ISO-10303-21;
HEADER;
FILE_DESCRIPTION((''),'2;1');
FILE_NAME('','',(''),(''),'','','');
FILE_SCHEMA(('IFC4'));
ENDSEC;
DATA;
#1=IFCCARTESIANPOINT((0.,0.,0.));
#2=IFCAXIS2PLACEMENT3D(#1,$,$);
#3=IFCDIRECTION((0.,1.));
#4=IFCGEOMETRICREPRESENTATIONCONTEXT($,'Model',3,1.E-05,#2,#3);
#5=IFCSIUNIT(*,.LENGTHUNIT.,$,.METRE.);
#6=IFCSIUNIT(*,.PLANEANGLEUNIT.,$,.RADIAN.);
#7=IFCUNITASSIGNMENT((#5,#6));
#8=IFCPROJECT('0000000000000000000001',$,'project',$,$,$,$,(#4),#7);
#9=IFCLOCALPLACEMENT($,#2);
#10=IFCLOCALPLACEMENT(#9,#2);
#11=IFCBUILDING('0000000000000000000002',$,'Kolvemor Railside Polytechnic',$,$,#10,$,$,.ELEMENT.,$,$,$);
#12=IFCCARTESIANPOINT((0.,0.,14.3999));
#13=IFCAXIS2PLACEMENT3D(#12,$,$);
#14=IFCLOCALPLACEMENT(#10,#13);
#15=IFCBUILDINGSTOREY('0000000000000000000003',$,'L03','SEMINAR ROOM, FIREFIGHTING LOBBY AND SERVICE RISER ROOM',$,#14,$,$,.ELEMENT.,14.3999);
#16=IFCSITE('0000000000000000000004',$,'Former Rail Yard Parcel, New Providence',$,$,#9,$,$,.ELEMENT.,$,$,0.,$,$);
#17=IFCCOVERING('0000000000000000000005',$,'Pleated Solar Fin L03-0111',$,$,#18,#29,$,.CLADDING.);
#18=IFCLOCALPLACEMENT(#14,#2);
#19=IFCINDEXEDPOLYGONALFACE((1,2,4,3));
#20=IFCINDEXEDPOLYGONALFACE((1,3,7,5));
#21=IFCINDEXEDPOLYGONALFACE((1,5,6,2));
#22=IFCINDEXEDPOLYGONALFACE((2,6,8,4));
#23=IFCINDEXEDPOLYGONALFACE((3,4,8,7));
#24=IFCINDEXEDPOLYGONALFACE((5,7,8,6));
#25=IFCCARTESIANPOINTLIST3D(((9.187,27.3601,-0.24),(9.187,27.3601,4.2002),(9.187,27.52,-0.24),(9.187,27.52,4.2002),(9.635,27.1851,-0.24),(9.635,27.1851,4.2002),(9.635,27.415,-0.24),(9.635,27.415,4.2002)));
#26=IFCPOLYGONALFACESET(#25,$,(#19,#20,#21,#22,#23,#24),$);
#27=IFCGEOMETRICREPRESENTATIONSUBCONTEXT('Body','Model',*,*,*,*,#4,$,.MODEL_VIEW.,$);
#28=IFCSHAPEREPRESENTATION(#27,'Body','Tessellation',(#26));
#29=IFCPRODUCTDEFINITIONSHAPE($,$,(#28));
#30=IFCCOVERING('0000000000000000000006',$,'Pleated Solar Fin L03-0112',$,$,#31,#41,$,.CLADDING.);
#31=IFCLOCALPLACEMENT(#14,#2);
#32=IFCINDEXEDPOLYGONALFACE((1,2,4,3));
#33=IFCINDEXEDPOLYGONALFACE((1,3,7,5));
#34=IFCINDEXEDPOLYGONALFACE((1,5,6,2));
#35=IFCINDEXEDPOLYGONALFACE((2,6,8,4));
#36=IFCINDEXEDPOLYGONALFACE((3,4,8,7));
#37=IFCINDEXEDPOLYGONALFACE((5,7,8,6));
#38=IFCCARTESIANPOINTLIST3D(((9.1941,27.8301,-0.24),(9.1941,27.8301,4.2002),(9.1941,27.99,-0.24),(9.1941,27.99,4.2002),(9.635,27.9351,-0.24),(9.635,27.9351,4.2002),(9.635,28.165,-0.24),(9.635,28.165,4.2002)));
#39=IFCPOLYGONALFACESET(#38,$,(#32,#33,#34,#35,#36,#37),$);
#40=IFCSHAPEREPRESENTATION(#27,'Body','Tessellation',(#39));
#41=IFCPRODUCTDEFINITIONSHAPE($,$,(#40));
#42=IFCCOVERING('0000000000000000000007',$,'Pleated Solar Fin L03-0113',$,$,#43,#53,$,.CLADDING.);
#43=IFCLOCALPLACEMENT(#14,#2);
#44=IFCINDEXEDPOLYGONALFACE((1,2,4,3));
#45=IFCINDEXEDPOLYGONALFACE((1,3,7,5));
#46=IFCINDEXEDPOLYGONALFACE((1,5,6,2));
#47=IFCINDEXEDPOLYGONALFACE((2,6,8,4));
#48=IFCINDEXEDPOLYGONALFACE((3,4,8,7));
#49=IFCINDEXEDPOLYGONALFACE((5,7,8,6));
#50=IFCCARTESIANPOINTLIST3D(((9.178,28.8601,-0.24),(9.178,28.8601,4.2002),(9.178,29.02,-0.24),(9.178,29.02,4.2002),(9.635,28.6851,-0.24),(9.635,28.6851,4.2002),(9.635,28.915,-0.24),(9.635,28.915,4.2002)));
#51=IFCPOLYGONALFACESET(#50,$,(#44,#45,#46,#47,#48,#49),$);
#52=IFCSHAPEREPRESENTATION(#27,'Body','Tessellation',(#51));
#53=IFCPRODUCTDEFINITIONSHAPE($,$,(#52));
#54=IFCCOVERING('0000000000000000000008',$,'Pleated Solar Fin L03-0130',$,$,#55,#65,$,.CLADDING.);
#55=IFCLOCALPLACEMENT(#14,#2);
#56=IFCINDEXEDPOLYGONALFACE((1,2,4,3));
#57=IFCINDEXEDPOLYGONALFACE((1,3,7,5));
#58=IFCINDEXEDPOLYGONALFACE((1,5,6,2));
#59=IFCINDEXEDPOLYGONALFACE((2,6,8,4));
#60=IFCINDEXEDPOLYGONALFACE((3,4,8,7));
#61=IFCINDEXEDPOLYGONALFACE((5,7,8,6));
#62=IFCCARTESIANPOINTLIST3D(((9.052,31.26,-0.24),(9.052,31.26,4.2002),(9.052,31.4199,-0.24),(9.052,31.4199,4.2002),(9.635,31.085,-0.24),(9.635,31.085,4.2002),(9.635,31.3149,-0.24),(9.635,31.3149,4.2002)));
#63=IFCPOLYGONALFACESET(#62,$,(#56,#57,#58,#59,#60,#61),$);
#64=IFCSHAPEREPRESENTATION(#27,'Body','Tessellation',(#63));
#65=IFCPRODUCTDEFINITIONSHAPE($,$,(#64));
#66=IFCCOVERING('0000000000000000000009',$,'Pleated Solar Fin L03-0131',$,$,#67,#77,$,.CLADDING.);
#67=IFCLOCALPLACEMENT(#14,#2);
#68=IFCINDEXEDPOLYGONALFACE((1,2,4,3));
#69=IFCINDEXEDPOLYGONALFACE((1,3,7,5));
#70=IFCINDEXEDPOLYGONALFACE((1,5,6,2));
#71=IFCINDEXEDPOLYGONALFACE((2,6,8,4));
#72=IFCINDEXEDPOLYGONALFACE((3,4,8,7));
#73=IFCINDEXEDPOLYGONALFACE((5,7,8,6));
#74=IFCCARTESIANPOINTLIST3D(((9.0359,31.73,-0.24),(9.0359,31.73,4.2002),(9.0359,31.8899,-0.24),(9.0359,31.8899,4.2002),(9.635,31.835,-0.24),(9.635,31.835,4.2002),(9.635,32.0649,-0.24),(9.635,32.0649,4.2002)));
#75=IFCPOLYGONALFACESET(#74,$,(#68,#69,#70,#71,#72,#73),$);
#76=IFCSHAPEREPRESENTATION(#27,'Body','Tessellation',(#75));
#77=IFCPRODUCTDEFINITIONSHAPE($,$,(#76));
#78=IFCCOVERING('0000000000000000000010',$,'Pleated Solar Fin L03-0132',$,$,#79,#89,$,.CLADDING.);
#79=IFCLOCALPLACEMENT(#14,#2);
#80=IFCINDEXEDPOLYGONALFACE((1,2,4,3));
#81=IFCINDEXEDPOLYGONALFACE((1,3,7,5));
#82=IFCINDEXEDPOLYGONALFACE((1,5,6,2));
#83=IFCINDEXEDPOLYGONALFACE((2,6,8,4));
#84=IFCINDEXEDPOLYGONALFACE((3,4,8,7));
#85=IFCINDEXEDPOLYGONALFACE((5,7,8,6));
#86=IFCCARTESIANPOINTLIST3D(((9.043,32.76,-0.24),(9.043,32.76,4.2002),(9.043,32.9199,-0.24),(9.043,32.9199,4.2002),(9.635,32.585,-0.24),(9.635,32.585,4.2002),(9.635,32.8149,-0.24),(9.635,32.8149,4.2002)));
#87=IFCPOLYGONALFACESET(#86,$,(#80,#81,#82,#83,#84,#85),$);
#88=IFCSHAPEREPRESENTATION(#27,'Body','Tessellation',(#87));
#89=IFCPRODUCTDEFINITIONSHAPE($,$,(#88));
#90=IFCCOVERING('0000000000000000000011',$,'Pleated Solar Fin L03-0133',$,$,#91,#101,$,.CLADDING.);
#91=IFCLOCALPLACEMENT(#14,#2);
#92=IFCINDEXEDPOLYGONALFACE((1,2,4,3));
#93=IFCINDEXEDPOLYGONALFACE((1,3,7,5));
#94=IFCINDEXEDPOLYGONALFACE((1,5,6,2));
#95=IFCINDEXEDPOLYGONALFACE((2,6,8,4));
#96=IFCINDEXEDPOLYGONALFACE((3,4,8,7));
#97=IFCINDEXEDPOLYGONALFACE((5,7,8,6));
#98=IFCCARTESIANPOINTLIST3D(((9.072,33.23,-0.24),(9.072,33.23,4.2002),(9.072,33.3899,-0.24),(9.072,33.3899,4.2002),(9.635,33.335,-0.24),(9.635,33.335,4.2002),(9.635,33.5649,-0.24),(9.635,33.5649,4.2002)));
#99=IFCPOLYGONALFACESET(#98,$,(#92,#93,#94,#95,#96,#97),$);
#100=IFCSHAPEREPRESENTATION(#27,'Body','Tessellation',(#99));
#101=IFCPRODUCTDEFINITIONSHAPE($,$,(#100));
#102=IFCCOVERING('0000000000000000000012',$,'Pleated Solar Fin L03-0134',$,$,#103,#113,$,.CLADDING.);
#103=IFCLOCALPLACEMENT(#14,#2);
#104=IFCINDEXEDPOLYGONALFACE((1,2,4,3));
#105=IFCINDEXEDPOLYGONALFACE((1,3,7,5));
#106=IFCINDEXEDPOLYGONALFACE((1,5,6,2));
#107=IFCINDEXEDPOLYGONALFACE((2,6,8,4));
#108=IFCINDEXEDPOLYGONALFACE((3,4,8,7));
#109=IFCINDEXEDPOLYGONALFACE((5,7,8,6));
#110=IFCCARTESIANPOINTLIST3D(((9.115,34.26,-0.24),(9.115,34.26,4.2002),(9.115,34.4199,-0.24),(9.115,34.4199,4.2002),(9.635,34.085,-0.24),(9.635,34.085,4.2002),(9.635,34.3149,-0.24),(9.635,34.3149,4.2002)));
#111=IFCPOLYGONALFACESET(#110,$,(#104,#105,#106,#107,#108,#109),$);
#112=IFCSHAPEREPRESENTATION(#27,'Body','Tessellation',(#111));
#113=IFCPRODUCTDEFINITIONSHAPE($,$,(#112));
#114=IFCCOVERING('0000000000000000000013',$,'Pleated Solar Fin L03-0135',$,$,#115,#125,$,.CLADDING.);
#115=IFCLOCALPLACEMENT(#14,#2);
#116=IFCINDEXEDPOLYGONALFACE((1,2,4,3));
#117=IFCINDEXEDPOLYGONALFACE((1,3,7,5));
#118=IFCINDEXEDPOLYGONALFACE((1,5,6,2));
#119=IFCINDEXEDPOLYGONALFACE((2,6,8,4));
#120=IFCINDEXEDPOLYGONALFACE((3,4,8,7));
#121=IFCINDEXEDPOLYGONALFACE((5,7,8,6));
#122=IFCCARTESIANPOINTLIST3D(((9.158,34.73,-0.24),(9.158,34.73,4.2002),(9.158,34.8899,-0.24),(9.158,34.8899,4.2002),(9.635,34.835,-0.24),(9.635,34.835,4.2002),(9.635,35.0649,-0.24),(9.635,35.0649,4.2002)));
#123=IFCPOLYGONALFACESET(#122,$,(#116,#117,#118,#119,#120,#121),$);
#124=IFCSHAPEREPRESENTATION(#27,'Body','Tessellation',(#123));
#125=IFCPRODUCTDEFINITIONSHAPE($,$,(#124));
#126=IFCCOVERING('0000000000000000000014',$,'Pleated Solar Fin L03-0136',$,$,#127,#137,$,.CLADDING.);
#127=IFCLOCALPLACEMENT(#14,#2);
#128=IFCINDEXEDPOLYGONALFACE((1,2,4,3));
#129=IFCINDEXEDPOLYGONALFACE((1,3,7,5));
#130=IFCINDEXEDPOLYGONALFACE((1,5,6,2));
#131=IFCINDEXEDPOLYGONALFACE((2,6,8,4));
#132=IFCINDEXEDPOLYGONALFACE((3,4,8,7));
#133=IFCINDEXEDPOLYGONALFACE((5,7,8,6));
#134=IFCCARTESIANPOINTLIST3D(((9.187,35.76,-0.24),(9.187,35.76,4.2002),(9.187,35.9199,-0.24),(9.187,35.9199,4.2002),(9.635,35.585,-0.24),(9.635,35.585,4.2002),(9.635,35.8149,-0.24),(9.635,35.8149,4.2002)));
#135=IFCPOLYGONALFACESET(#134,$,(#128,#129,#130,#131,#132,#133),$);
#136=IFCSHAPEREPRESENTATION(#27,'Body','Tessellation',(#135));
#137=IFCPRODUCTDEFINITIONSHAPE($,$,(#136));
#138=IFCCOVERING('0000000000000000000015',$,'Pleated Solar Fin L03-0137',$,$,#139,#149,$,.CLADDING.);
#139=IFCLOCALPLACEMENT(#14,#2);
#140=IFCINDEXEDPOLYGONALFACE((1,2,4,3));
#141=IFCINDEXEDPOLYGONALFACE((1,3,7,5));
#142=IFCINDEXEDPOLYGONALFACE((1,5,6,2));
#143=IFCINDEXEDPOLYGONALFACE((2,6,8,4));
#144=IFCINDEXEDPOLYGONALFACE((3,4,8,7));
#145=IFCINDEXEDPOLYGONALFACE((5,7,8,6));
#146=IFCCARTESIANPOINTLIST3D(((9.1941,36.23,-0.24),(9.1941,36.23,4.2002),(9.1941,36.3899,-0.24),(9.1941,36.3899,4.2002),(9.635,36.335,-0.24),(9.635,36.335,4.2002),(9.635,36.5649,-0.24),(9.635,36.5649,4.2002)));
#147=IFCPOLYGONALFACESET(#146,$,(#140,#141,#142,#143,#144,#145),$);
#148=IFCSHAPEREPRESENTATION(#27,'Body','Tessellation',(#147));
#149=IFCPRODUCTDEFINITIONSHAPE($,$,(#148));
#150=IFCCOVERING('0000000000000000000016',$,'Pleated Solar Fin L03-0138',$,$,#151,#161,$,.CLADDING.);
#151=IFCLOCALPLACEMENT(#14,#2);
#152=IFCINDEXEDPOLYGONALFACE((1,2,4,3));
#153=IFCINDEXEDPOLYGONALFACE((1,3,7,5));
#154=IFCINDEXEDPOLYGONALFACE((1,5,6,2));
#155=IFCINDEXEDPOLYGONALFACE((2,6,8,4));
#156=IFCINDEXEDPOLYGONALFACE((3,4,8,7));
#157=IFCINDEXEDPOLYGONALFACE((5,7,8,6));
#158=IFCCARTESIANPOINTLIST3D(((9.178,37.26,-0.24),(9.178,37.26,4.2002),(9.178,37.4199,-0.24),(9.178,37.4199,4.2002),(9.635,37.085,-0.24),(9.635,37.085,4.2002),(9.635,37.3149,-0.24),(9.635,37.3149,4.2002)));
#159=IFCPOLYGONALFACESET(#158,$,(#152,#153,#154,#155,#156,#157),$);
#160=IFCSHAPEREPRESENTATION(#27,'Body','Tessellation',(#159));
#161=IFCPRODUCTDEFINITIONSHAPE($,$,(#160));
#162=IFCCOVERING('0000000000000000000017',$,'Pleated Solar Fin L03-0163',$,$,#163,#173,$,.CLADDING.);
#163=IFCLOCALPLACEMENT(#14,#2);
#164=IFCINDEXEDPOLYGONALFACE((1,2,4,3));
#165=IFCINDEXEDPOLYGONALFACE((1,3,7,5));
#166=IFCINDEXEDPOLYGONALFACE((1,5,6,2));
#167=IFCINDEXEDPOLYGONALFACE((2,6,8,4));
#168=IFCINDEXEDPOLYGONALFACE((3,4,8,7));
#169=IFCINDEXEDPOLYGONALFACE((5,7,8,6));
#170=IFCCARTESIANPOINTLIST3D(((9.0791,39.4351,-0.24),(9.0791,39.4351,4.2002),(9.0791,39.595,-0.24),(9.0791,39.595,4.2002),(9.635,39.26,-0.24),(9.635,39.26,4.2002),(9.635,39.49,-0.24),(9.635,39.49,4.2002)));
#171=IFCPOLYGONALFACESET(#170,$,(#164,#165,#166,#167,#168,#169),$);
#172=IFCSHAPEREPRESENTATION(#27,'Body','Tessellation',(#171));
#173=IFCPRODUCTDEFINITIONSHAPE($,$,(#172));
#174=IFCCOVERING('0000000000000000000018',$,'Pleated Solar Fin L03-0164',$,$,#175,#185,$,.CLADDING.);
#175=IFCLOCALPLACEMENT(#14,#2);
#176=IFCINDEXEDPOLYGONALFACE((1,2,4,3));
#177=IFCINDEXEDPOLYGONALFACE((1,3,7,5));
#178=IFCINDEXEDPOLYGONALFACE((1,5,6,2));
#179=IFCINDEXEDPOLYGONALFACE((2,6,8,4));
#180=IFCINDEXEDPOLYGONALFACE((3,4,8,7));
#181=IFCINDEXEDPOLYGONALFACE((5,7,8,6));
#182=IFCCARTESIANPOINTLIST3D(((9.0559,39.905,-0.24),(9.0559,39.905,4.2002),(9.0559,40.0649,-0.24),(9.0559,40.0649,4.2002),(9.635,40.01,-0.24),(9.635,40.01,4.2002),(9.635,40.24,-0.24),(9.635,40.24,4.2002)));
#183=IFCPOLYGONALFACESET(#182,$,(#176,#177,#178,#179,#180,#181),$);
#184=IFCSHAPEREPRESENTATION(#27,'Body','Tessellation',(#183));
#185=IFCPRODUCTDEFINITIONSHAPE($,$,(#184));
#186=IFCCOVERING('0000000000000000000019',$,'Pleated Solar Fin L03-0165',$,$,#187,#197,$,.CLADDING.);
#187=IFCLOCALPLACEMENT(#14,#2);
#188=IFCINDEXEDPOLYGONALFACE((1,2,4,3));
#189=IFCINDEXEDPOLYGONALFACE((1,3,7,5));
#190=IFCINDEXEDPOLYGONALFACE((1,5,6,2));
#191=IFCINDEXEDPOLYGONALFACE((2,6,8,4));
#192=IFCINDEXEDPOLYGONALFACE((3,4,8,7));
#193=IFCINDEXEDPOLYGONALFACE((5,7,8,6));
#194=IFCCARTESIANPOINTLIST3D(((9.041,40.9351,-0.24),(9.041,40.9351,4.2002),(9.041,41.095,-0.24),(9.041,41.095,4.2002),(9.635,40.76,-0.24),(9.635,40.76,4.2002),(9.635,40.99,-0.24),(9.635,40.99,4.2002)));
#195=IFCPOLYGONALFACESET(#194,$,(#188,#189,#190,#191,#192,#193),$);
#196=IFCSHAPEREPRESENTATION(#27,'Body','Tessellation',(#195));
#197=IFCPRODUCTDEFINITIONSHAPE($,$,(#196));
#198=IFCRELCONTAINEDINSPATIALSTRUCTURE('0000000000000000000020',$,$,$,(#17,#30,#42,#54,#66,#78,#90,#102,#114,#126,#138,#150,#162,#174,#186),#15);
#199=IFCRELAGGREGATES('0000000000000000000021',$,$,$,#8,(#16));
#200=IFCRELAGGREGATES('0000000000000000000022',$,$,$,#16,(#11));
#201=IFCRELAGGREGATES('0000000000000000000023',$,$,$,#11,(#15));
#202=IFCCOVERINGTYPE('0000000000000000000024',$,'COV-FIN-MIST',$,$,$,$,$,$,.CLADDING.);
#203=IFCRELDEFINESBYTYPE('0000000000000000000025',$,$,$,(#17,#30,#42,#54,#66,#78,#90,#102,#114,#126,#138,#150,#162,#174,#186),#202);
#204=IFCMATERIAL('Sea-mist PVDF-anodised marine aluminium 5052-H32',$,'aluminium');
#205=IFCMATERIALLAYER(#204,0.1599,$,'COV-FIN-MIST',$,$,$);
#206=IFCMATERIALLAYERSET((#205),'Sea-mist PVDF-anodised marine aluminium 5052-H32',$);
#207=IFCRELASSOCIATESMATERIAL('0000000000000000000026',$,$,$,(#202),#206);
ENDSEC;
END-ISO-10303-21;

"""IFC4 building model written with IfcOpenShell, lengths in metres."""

from ifc_helpers import new_model, si_unit, direction, frame, origin, place, context, subcontext, project, spatial, polyline, outline, extrude, material, layer, layer_set, type_object, element, save


model = new_model("IFC4")

# Units and contexts
model_context = context("Model", 3, precision=1e-05, world=origin(), true_north=direction((0.0, 1.0)))
body_context = subcontext(model_context, "Body", "Model", "MODEL_VIEW")
ifc_project = project(units=[si_unit("LENGTHUNIT", "METRE"), si_unit("PLANEANGLEUNIT", "RADIAN")], contexts=[model_context])

# Site, building, storey
site_placement = place(None, origin())
site = spatial("IfcSite", under=ifc_project, at=site_placement, Name="Former Rail Yard Parcel, New Providence", CompositionType="ELEMENT", RefElevation=0.0)
building_placement = place(site_placement, origin())
building = spatial("IfcBuilding", under=site, at=building_placement, Name="Kolvemor Railside Polytechnic", CompositionType="ELEMENT")
storey_placement = place(building_placement, frame((0.0, 0.0, 14.3999)))
storey = spatial("IfcBuildingStorey", under=building, at=storey_placement, Name="L03", Description="SEMINAR ROOM, FIREFIGHTING LOBBY AND SERVICE RISER ROOM", CompositionType="ELEMENT", Elevation=14.3999)

# Coverings
ifc_material = material(Name="Sea-mist PVDF-anodised marine aluminium 5052-H32", Category="aluminium")
ifc_layer = layer(ifc_material, 0.1599, Name="COV-FIN-MIST")
ifc_layer_set = layer_set([ifc_layer], Name="Sea-mist PVDF-anodised marine aluminium 5052-H32")
covering_type = type_object("IfcCoveringType", Name="COV-FIN-MIST", PredefinedType="CLADDING", material=ifc_layer_set)
covering_1_placement = place(storey_placement, frame((0.0, 0.0, -0.24)))
element("IfcCovering", 1, at=covering_1_placement, inside=storey, type_object=covering_type, Name="Pleated Solar Fin L03-0111", PredefinedType="CLADDING", context=body_context, shape_type="SweptSolid", body=[
    extrude(outline(polyline([(9.635, 27.1851), (9.635, 27.415), (9.187, 27.52), (9.187, 27.3601), (9.635, 27.1851)])), origin(), (0.0, 0.0, 1.0), 4.4402),
])
covering_2_placement = place(storey_placement, frame((0.0, 0.0, -0.24)))
element("IfcCovering", 2, at=covering_2_placement, inside=storey, type_object=covering_type, Name="Pleated Solar Fin L03-0112", PredefinedType="CLADDING", context=body_context, shape_type="SweptSolid", body=[
    extrude(outline(polyline([(9.635, 27.9351), (9.635, 28.165), (9.1941, 27.99), (9.1941, 27.8301), (9.635, 27.9351)])), origin(), (0.0, 0.0, 1.0), 4.4402),
])
covering_3_placement = place(storey_placement, frame((0.0, 0.0, -0.24)))
element("IfcCovering", 3, at=covering_3_placement, inside=storey, type_object=covering_type, Name="Pleated Solar Fin L03-0113", PredefinedType="CLADDING", context=body_context, shape_type="SweptSolid", body=[
    extrude(outline(polyline([(9.635, 28.6851), (9.635, 28.915), (9.178, 29.02), (9.178, 28.8601), (9.635, 28.6851)])), origin(), (0.0, 0.0, 1.0), 4.4402),
])
covering_4_placement = place(storey_placement, frame((0.0, 0.0, -0.24)))
element("IfcCovering", 4, at=covering_4_placement, inside=storey, type_object=covering_type, Name="Pleated Solar Fin L03-0130", PredefinedType="CLADDING", context=body_context, shape_type="SweptSolid", body=[
    extrude(outline(polyline([(9.635, 31.085), (9.635, 31.3149), (9.052, 31.4199), (9.052, 31.26), (9.635, 31.085)])), origin(), (0.0, 0.0, 1.0), 4.4402),
])
covering_5_placement = place(storey_placement, frame((0.0, 0.0, -0.24)))
element("IfcCovering", 5, at=covering_5_placement, inside=storey, type_object=covering_type, Name="Pleated Solar Fin L03-0131", PredefinedType="CLADDING", context=body_context, shape_type="SweptSolid", body=[
    extrude(outline(polyline([(9.635, 31.835), (9.635, 32.0649), (9.0359, 31.8899), (9.0359, 31.73), (9.635, 31.835)])), origin(), (0.0, 0.0, 1.0), 4.4402),
])
covering_6_placement = place(storey_placement, frame((0.0, 0.0, -0.24)))
element("IfcCovering", 6, at=covering_6_placement, inside=storey, type_object=covering_type, Name="Pleated Solar Fin L03-0132", PredefinedType="CLADDING", context=body_context, shape_type="SweptSolid", body=[
    extrude(outline(polyline([(9.635, 32.585), (9.635, 32.8149), (9.043, 32.9199), (9.043, 32.76), (9.635, 32.585)])), origin(), (0.0, 0.0, 1.0), 4.4402),
])
covering_7_placement = place(storey_placement, frame((0.0, 0.0, -0.24)))
element("IfcCovering", 7, at=covering_7_placement, inside=storey, type_object=covering_type, Name="Pleated Solar Fin L03-0133", PredefinedType="CLADDING", context=body_context, shape_type="SweptSolid", body=[
    extrude(outline(polyline([(9.635, 33.335), (9.635, 33.5649), (9.072, 33.3899), (9.072, 33.23), (9.635, 33.335)])), origin(), (0.0, 0.0, 1.0), 4.4402),
])
covering_8_placement = place(storey_placement, frame((0.0, 0.0, -0.24)))
element("IfcCovering", 8, at=covering_8_placement, inside=storey, type_object=covering_type, Name="Pleated Solar Fin L03-0134", PredefinedType="CLADDING", context=body_context, shape_type="SweptSolid", body=[
    extrude(outline(polyline([(9.635, 34.085), (9.635, 34.3149), (9.115, 34.4199), (9.115, 34.26), (9.635, 34.085)])), origin(), (0.0, 0.0, 1.0), 4.4402),
])
covering_9_placement = place(storey_placement, frame((0.0, 0.0, -0.24)))
element("IfcCovering", 9, at=covering_9_placement, inside=storey, type_object=covering_type, Name="Pleated Solar Fin L03-0135", PredefinedType="CLADDING", context=body_context, shape_type="SweptSolid", body=[
    extrude(outline(polyline([(9.635, 34.835), (9.635, 35.0649), (9.158, 34.8899), (9.158, 34.73), (9.635, 34.835)])), origin(), (0.0, 0.0, 1.0), 4.4402),
])
covering_10_placement = place(storey_placement, frame((0.0, 0.0, -0.24)))
element("IfcCovering", 10, at=covering_10_placement, inside=storey, type_object=covering_type, Name="Pleated Solar Fin L03-0136", PredefinedType="CLADDING", context=body_context, shape_type="SweptSolid", body=[
    extrude(outline(polyline([(9.635, 35.585), (9.635, 35.8149), (9.187, 35.9199), (9.187, 35.76), (9.635, 35.585)])), origin(), (0.0, 0.0, 1.0), 4.4402),
])
covering_11_placement = place(storey_placement, frame((0.0, 0.0, -0.24)))
element("IfcCovering", 11, at=covering_11_placement, inside=storey, type_object=covering_type, Name="Pleated Solar Fin L03-0137", PredefinedType="CLADDING", context=body_context, shape_type="SweptSolid", body=[
    extrude(outline(polyline([(9.635, 36.335), (9.635, 36.5649), (9.1941, 36.3899), (9.1941, 36.23), (9.635, 36.335)])), origin(), (0.0, 0.0, 1.0), 4.4402),
])
covering_12_placement = place(storey_placement, frame((0.0, 0.0, -0.24)))
element("IfcCovering", 12, at=covering_12_placement, inside=storey, type_object=covering_type, Name="Pleated Solar Fin L03-0138", PredefinedType="CLADDING", context=body_context, shape_type="SweptSolid", body=[
    extrude(outline(polyline([(9.635, 37.085), (9.635, 37.3149), (9.178, 37.4199), (9.178, 37.26), (9.635, 37.085)])), origin(), (0.0, 0.0, 1.0), 4.4402),
])
covering_13_placement = place(storey_placement, frame((0.0, 0.0, -0.24)))
element("IfcCovering", 13, at=covering_13_placement, inside=storey, type_object=covering_type, Name="Pleated Solar Fin L03-0163", PredefinedType="CLADDING", context=body_context, shape_type="SweptSolid", body=[
    extrude(outline(polyline([(9.635, 39.26), (9.635, 39.49), (9.0791, 39.595), (9.0791, 39.4351), (9.635, 39.26)])), origin(), (0.0, 0.0, 1.0), 4.4402),
])
covering_14_placement = place(storey_placement, frame((0.0, 0.0, -0.24)))
element("IfcCovering", 14, at=covering_14_placement, inside=storey, type_object=covering_type, Name="Pleated Solar Fin L03-0164", PredefinedType="CLADDING", context=body_context, shape_type="SweptSolid", body=[
    extrude(outline(polyline([(9.635, 40.01), (9.635, 40.24), (9.0559, 40.0649), (9.0559, 39.905), (9.635, 40.01)])), origin(), (0.0, 0.0, 1.0), 4.4402),
])
covering_15_placement = place(storey_placement, frame((0.0, 0.0, -0.24)))
element("IfcCovering", 15, at=covering_15_placement, inside=storey, type_object=covering_type, Name="Pleated Solar Fin L03-0165", PredefinedType="CLADDING", context=body_context, shape_type="SweptSolid", body=[
    extrude(outline(polyline([(9.635, 40.76), (9.635, 40.99), (9.041, 41.095), (9.041, 40.9351), (9.635, 40.76)])), origin(), (0.0, 0.0, 1.0), 4.4402),
])

save(model, "model.ifc")
